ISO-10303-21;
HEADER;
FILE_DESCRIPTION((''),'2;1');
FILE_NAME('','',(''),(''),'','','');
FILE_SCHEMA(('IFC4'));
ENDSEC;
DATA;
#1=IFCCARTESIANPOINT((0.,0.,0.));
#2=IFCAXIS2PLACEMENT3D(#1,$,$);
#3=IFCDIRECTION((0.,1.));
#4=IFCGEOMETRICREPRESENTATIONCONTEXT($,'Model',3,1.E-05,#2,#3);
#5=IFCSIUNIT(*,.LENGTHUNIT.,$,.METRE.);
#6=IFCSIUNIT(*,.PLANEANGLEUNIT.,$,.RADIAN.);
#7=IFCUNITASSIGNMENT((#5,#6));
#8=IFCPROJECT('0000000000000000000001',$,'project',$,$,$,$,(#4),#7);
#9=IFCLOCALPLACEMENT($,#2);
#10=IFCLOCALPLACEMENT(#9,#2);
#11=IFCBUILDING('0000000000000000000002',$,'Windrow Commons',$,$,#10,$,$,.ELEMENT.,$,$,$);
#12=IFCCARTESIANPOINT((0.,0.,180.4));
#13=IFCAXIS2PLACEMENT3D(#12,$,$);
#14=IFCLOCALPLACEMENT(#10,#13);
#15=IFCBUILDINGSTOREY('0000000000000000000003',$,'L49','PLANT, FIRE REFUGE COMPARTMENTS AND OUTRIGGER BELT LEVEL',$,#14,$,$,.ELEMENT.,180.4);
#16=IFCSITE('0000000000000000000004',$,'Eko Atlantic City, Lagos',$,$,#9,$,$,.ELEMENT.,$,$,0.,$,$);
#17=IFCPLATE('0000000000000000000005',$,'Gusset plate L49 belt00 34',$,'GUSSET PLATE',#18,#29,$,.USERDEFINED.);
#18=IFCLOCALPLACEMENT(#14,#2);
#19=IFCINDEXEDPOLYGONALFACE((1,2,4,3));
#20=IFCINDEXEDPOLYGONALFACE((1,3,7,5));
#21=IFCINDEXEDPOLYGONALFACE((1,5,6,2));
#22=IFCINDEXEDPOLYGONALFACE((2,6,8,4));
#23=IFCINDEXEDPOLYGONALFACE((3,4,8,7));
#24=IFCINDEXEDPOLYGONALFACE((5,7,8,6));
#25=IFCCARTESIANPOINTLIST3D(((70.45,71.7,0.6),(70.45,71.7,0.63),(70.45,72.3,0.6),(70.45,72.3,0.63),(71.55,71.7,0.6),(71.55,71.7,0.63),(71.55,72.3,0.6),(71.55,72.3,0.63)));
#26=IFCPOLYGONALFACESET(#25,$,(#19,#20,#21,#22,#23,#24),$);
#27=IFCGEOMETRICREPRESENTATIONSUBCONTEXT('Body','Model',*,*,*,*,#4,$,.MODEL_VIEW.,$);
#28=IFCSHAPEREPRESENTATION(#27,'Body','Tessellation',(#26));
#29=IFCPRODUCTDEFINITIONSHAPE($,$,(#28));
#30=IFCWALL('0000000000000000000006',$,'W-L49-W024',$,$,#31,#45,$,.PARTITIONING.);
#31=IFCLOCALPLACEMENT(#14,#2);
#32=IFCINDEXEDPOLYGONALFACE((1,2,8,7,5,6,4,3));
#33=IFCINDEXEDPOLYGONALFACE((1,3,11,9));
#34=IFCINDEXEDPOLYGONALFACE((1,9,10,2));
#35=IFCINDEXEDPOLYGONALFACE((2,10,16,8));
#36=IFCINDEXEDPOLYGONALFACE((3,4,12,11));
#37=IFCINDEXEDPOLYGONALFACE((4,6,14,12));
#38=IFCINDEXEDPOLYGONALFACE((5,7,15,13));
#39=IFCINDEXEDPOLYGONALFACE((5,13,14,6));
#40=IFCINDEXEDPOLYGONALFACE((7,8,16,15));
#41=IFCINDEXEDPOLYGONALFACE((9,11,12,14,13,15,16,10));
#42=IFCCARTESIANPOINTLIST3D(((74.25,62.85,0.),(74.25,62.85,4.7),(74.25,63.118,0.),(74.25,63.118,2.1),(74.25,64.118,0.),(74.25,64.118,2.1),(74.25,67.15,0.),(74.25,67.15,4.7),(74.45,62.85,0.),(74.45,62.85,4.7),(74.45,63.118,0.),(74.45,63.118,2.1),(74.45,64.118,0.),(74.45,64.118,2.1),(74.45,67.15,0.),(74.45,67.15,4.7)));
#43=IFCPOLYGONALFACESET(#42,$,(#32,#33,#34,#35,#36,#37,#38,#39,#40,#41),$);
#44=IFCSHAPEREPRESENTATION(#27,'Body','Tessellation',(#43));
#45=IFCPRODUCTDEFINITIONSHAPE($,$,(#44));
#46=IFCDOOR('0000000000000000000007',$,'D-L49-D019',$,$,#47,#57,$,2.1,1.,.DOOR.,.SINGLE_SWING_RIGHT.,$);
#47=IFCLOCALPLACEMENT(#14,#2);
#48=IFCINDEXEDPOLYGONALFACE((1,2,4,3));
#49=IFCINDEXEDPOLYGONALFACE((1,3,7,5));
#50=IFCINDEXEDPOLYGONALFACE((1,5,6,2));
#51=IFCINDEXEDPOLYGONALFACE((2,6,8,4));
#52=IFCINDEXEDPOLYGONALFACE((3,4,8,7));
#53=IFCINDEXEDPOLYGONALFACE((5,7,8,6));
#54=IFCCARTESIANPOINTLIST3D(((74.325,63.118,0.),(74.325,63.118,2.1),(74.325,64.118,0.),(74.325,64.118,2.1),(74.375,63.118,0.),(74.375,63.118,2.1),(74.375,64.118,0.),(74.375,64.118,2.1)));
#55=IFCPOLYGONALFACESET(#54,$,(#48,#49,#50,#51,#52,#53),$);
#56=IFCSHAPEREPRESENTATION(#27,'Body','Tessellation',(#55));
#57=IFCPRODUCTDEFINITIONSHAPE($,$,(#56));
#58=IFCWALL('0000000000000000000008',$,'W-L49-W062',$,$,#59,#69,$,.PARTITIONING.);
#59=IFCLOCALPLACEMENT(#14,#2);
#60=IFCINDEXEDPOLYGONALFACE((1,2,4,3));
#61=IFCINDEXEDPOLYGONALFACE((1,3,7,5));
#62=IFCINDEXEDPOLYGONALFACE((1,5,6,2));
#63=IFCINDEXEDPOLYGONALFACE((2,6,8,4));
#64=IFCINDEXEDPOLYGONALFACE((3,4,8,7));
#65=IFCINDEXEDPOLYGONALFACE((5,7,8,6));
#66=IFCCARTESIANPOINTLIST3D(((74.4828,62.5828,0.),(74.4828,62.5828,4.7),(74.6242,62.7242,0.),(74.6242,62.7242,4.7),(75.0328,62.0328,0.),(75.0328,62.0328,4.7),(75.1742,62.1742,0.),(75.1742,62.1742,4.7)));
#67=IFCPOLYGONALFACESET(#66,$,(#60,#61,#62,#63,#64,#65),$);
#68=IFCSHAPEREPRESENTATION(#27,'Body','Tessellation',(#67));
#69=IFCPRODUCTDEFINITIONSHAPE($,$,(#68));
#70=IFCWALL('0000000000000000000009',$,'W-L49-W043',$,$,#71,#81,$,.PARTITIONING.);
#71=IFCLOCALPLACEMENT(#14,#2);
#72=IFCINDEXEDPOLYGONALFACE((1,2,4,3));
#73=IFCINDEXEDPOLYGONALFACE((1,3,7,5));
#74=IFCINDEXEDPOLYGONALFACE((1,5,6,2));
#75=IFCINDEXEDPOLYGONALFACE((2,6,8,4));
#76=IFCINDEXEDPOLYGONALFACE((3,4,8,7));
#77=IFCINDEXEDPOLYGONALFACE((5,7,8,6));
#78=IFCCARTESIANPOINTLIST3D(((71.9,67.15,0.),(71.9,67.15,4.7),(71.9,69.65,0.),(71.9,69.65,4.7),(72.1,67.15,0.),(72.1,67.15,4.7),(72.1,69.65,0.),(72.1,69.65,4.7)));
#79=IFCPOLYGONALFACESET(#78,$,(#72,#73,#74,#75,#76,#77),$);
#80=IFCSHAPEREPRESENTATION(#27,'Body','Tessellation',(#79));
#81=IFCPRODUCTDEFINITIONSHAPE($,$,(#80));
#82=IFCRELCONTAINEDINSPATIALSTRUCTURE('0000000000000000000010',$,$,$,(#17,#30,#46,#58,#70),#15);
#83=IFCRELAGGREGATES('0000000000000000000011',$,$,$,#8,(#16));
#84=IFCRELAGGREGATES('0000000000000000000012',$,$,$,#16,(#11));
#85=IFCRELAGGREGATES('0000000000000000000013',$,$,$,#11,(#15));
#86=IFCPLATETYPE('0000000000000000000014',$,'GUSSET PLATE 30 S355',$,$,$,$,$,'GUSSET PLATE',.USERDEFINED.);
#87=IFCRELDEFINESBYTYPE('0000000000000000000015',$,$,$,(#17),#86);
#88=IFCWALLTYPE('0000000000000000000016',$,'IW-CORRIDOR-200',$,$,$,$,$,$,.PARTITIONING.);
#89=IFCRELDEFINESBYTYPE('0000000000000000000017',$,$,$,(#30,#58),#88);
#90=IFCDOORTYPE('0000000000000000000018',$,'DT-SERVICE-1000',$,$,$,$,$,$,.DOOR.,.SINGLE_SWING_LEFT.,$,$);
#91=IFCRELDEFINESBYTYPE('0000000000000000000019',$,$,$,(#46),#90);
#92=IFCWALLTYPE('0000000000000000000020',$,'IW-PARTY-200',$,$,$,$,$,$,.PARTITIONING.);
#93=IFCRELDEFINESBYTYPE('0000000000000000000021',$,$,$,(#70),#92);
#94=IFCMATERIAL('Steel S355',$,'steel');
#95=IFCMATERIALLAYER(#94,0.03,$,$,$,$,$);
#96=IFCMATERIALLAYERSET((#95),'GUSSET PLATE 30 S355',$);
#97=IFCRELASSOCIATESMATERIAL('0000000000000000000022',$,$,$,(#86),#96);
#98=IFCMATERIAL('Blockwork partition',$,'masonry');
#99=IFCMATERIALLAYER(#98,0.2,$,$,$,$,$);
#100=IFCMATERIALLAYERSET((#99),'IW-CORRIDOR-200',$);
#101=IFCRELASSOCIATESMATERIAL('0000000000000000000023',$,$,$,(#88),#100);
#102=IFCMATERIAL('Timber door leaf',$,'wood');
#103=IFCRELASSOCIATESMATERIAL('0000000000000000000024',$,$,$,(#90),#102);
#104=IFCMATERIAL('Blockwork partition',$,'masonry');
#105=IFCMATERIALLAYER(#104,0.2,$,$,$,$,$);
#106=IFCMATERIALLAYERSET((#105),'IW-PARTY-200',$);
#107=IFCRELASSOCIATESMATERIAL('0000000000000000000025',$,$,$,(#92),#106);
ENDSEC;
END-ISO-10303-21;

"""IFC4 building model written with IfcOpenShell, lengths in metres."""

from ifc_helpers import new_model, si_unit, direction, frame, frame_2d, origin, origin_2d, place, context, subcontext, project, spatial, rectangle, extrude, material, layer, layer_set, type_object, element, fill, save


model = new_model("IFC4")

# Units and contexts
model_context = context("Model", 3, precision=1e-05, world=origin(), true_north=direction((0.0, 1.0)))
body_context = subcontext(model_context, "Body", "Model", "MODEL_VIEW")
ifc_project = project(units=[si_unit("LENGTHUNIT", "METRE"), si_unit("PLANEANGLEUNIT", "RADIAN")], contexts=[model_context])

# Site, building, storey
site_placement = place(None, origin())
site = spatial("IfcSite", under=ifc_project, at=site_placement, Name="Eko Atlantic City, Lagos", CompositionType="ELEMENT", RefElevation=0.0)
building_placement = place(site_placement, origin())
building = spatial("IfcBuilding", under=site, at=building_placement, Name="Windrow Commons", CompositionType="ELEMENT")
storey_placement = place(building_placement, frame((0.0, 0.0, 180.4)))
storey = spatial("IfcBuildingStorey", under=building, at=storey_placement, Name="L49", Description="PLANT, FIRE REFUGE COMPARTMENTS AND OUTRIGGER BELT LEVEL", CompositionType="ELEMENT", Elevation=180.4)

# Plate
ifc_material_1 = material(Name="Steel S355", Category="steel")
ifc_layer_1 = layer(ifc_material_1, 0.03)
ifc_layer_set_1 = layer_set([ifc_layer_1], Name="GUSSET PLATE 30 S355")
plate_type = type_object("IfcPlateType", Name="GUSSET PLATE 30 S355", ElementType="GUSSET PLATE", PredefinedType="USERDEFINED", material=ifc_layer_set_1)
plate_placement = place(storey_placement, frame((71.0, 72.0, 0.6), z_axis=(0.0, 0.0, 1.0), x_axis=(1.0, 0.0, 0.0)))
element("IfcPlate", 1, at=plate_placement, inside=storey, type_object=plate_type, Name="Gusset plate L49 belt00 34", ObjectType="GUSSET PLATE", PredefinedType="USERDEFINED", context=body_context, shape_type="SweptSolid", body=[
    extrude(rectangle(XDim=1.1, YDim=0.6, at=origin_2d()), origin(), (0.0, 0.0, 1.0), 0.03),
])

# Wall, opening, door
ifc_material_2 = material(Name="Blockwork partition", Category="masonry")
ifc_layer_2 = layer(ifc_material_2, 0.2)
ifc_layer_set_2 = layer_set([ifc_layer_2], Name="IW-CORRIDOR-200")
wall_type_1 = type_object("IfcWallType", Name="IW-CORRIDOR-200", PredefinedType="PARTITIONING", material=ifc_layer_set_2)
wall_1_placement = place(storey_placement, frame((74.35, 62.85, 0.0), z_axis=(0.0, 0.0, 1.0), x_axis=(0.0, 1.0, 0.0)))
wall_1 = element("IfcWall", 2, at=wall_1_placement, inside=storey, type_object=wall_type_1, Name="W-L49-W024", PredefinedType="PARTITIONING", context=body_context, shape_type="SweptSolid", body=[
    extrude(rectangle(XDim=4.3, YDim=0.2, at=frame_2d((2.15, 0.0))), origin(), (0.0, 0.0, 1.0), 4.7),
])
opening_1_placement = place(wall_1_placement, frame((0.268, 0.0, 0.0)))
opening_1 = element("IfcOpeningElement", 3, at=opening_1_placement, cuts=wall_1, PredefinedType="OPENING", context=body_context, shape_type="SweptSolid", body=[
    extrude(rectangle(XDim=1.0, YDim=2.1, at=frame_2d((0.5, 1.05))), frame((0.0, 0.11, 0.0), z_axis=(0.0, -1.0, 0.0), x_axis=(1.0, 0.0, 0.0)), (0.0, 0.0, 1.0), 0.22),
])
ifc_material_3 = material(Name="Timber door leaf", Category="wood")
door_type = type_object("IfcDoorType", Name="DT-SERVICE-1000", OperationType="SINGLE_SWING_LEFT", PredefinedType="DOOR", material=ifc_material_3)
door_placement = place(opening_1_placement, origin())
door = element("IfcDoor", 4, at=door_placement, inside=storey, type_object=door_type, Name="D-L49-D019", OperationType="SINGLE_SWING_RIGHT", OverallHeight=2.1, OverallWidth=1.0, PredefinedType="DOOR", context=body_context, shape_type="SweptSolid", body=[
    extrude(rectangle(XDim=1.0, YDim=2.1, at=frame_2d((0.5, 1.05))), frame((0.0, 0.025, 0.0), z_axis=(0.0, -1.0, 0.0), x_axis=(1.0, 0.0, 0.0)), (0.0, 0.0, 1.0), 0.05),
])
fill(opening_1, door)

# Walls
wall_2_placement = place(storey_placement, frame((74.5535, 62.6535, 0.0), z_axis=(0.0, 0.0, 1.0), x_axis=(0.707107, -0.707107, 0.0)))
element("IfcWall", 5, at=wall_2_placement, inside=storey, type_object=wall_type_1, Name="W-L49-W062", PredefinedType="PARTITIONING", context=body_context, shape_type="SweptSolid", body=[
    extrude(rectangle(XDim=0.7778, YDim=0.2, at=frame_2d((0.3889, 0.0))), origin(), (0.0, 0.0, 1.0), 4.7),
])
ifc_material_4 = material(Name="Blockwork partition", Category="masonry")
ifc_layer_3 = layer(ifc_material_4, 0.2)
ifc_layer_set_3 = layer_set([ifc_layer_3], Name="IW-PARTY-200")
wall_type_2 = type_object("IfcWallType", Name="IW-PARTY-200", PredefinedType="PARTITIONING", material=ifc_layer_set_3)
wall_3_placement = place(storey_placement, frame((72.0, 67.15, 0.0), z_axis=(0.0, 0.0, 1.0), x_axis=(0.0, 1.0, 0.0)))
element("IfcWall", 6, at=wall_3_placement, inside=storey, type_object=wall_type_2, Name="W-L49-W043", PredefinedType="PARTITIONING", context=body_context, shape_type="SweptSolid", body=[
    extrude(rectangle(XDim=2.5, YDim=0.2, at=frame_2d((1.25, 0.0))), origin(), (0.0, 0.0, 1.0), 4.7),
])

save(model, "model.ifc")
